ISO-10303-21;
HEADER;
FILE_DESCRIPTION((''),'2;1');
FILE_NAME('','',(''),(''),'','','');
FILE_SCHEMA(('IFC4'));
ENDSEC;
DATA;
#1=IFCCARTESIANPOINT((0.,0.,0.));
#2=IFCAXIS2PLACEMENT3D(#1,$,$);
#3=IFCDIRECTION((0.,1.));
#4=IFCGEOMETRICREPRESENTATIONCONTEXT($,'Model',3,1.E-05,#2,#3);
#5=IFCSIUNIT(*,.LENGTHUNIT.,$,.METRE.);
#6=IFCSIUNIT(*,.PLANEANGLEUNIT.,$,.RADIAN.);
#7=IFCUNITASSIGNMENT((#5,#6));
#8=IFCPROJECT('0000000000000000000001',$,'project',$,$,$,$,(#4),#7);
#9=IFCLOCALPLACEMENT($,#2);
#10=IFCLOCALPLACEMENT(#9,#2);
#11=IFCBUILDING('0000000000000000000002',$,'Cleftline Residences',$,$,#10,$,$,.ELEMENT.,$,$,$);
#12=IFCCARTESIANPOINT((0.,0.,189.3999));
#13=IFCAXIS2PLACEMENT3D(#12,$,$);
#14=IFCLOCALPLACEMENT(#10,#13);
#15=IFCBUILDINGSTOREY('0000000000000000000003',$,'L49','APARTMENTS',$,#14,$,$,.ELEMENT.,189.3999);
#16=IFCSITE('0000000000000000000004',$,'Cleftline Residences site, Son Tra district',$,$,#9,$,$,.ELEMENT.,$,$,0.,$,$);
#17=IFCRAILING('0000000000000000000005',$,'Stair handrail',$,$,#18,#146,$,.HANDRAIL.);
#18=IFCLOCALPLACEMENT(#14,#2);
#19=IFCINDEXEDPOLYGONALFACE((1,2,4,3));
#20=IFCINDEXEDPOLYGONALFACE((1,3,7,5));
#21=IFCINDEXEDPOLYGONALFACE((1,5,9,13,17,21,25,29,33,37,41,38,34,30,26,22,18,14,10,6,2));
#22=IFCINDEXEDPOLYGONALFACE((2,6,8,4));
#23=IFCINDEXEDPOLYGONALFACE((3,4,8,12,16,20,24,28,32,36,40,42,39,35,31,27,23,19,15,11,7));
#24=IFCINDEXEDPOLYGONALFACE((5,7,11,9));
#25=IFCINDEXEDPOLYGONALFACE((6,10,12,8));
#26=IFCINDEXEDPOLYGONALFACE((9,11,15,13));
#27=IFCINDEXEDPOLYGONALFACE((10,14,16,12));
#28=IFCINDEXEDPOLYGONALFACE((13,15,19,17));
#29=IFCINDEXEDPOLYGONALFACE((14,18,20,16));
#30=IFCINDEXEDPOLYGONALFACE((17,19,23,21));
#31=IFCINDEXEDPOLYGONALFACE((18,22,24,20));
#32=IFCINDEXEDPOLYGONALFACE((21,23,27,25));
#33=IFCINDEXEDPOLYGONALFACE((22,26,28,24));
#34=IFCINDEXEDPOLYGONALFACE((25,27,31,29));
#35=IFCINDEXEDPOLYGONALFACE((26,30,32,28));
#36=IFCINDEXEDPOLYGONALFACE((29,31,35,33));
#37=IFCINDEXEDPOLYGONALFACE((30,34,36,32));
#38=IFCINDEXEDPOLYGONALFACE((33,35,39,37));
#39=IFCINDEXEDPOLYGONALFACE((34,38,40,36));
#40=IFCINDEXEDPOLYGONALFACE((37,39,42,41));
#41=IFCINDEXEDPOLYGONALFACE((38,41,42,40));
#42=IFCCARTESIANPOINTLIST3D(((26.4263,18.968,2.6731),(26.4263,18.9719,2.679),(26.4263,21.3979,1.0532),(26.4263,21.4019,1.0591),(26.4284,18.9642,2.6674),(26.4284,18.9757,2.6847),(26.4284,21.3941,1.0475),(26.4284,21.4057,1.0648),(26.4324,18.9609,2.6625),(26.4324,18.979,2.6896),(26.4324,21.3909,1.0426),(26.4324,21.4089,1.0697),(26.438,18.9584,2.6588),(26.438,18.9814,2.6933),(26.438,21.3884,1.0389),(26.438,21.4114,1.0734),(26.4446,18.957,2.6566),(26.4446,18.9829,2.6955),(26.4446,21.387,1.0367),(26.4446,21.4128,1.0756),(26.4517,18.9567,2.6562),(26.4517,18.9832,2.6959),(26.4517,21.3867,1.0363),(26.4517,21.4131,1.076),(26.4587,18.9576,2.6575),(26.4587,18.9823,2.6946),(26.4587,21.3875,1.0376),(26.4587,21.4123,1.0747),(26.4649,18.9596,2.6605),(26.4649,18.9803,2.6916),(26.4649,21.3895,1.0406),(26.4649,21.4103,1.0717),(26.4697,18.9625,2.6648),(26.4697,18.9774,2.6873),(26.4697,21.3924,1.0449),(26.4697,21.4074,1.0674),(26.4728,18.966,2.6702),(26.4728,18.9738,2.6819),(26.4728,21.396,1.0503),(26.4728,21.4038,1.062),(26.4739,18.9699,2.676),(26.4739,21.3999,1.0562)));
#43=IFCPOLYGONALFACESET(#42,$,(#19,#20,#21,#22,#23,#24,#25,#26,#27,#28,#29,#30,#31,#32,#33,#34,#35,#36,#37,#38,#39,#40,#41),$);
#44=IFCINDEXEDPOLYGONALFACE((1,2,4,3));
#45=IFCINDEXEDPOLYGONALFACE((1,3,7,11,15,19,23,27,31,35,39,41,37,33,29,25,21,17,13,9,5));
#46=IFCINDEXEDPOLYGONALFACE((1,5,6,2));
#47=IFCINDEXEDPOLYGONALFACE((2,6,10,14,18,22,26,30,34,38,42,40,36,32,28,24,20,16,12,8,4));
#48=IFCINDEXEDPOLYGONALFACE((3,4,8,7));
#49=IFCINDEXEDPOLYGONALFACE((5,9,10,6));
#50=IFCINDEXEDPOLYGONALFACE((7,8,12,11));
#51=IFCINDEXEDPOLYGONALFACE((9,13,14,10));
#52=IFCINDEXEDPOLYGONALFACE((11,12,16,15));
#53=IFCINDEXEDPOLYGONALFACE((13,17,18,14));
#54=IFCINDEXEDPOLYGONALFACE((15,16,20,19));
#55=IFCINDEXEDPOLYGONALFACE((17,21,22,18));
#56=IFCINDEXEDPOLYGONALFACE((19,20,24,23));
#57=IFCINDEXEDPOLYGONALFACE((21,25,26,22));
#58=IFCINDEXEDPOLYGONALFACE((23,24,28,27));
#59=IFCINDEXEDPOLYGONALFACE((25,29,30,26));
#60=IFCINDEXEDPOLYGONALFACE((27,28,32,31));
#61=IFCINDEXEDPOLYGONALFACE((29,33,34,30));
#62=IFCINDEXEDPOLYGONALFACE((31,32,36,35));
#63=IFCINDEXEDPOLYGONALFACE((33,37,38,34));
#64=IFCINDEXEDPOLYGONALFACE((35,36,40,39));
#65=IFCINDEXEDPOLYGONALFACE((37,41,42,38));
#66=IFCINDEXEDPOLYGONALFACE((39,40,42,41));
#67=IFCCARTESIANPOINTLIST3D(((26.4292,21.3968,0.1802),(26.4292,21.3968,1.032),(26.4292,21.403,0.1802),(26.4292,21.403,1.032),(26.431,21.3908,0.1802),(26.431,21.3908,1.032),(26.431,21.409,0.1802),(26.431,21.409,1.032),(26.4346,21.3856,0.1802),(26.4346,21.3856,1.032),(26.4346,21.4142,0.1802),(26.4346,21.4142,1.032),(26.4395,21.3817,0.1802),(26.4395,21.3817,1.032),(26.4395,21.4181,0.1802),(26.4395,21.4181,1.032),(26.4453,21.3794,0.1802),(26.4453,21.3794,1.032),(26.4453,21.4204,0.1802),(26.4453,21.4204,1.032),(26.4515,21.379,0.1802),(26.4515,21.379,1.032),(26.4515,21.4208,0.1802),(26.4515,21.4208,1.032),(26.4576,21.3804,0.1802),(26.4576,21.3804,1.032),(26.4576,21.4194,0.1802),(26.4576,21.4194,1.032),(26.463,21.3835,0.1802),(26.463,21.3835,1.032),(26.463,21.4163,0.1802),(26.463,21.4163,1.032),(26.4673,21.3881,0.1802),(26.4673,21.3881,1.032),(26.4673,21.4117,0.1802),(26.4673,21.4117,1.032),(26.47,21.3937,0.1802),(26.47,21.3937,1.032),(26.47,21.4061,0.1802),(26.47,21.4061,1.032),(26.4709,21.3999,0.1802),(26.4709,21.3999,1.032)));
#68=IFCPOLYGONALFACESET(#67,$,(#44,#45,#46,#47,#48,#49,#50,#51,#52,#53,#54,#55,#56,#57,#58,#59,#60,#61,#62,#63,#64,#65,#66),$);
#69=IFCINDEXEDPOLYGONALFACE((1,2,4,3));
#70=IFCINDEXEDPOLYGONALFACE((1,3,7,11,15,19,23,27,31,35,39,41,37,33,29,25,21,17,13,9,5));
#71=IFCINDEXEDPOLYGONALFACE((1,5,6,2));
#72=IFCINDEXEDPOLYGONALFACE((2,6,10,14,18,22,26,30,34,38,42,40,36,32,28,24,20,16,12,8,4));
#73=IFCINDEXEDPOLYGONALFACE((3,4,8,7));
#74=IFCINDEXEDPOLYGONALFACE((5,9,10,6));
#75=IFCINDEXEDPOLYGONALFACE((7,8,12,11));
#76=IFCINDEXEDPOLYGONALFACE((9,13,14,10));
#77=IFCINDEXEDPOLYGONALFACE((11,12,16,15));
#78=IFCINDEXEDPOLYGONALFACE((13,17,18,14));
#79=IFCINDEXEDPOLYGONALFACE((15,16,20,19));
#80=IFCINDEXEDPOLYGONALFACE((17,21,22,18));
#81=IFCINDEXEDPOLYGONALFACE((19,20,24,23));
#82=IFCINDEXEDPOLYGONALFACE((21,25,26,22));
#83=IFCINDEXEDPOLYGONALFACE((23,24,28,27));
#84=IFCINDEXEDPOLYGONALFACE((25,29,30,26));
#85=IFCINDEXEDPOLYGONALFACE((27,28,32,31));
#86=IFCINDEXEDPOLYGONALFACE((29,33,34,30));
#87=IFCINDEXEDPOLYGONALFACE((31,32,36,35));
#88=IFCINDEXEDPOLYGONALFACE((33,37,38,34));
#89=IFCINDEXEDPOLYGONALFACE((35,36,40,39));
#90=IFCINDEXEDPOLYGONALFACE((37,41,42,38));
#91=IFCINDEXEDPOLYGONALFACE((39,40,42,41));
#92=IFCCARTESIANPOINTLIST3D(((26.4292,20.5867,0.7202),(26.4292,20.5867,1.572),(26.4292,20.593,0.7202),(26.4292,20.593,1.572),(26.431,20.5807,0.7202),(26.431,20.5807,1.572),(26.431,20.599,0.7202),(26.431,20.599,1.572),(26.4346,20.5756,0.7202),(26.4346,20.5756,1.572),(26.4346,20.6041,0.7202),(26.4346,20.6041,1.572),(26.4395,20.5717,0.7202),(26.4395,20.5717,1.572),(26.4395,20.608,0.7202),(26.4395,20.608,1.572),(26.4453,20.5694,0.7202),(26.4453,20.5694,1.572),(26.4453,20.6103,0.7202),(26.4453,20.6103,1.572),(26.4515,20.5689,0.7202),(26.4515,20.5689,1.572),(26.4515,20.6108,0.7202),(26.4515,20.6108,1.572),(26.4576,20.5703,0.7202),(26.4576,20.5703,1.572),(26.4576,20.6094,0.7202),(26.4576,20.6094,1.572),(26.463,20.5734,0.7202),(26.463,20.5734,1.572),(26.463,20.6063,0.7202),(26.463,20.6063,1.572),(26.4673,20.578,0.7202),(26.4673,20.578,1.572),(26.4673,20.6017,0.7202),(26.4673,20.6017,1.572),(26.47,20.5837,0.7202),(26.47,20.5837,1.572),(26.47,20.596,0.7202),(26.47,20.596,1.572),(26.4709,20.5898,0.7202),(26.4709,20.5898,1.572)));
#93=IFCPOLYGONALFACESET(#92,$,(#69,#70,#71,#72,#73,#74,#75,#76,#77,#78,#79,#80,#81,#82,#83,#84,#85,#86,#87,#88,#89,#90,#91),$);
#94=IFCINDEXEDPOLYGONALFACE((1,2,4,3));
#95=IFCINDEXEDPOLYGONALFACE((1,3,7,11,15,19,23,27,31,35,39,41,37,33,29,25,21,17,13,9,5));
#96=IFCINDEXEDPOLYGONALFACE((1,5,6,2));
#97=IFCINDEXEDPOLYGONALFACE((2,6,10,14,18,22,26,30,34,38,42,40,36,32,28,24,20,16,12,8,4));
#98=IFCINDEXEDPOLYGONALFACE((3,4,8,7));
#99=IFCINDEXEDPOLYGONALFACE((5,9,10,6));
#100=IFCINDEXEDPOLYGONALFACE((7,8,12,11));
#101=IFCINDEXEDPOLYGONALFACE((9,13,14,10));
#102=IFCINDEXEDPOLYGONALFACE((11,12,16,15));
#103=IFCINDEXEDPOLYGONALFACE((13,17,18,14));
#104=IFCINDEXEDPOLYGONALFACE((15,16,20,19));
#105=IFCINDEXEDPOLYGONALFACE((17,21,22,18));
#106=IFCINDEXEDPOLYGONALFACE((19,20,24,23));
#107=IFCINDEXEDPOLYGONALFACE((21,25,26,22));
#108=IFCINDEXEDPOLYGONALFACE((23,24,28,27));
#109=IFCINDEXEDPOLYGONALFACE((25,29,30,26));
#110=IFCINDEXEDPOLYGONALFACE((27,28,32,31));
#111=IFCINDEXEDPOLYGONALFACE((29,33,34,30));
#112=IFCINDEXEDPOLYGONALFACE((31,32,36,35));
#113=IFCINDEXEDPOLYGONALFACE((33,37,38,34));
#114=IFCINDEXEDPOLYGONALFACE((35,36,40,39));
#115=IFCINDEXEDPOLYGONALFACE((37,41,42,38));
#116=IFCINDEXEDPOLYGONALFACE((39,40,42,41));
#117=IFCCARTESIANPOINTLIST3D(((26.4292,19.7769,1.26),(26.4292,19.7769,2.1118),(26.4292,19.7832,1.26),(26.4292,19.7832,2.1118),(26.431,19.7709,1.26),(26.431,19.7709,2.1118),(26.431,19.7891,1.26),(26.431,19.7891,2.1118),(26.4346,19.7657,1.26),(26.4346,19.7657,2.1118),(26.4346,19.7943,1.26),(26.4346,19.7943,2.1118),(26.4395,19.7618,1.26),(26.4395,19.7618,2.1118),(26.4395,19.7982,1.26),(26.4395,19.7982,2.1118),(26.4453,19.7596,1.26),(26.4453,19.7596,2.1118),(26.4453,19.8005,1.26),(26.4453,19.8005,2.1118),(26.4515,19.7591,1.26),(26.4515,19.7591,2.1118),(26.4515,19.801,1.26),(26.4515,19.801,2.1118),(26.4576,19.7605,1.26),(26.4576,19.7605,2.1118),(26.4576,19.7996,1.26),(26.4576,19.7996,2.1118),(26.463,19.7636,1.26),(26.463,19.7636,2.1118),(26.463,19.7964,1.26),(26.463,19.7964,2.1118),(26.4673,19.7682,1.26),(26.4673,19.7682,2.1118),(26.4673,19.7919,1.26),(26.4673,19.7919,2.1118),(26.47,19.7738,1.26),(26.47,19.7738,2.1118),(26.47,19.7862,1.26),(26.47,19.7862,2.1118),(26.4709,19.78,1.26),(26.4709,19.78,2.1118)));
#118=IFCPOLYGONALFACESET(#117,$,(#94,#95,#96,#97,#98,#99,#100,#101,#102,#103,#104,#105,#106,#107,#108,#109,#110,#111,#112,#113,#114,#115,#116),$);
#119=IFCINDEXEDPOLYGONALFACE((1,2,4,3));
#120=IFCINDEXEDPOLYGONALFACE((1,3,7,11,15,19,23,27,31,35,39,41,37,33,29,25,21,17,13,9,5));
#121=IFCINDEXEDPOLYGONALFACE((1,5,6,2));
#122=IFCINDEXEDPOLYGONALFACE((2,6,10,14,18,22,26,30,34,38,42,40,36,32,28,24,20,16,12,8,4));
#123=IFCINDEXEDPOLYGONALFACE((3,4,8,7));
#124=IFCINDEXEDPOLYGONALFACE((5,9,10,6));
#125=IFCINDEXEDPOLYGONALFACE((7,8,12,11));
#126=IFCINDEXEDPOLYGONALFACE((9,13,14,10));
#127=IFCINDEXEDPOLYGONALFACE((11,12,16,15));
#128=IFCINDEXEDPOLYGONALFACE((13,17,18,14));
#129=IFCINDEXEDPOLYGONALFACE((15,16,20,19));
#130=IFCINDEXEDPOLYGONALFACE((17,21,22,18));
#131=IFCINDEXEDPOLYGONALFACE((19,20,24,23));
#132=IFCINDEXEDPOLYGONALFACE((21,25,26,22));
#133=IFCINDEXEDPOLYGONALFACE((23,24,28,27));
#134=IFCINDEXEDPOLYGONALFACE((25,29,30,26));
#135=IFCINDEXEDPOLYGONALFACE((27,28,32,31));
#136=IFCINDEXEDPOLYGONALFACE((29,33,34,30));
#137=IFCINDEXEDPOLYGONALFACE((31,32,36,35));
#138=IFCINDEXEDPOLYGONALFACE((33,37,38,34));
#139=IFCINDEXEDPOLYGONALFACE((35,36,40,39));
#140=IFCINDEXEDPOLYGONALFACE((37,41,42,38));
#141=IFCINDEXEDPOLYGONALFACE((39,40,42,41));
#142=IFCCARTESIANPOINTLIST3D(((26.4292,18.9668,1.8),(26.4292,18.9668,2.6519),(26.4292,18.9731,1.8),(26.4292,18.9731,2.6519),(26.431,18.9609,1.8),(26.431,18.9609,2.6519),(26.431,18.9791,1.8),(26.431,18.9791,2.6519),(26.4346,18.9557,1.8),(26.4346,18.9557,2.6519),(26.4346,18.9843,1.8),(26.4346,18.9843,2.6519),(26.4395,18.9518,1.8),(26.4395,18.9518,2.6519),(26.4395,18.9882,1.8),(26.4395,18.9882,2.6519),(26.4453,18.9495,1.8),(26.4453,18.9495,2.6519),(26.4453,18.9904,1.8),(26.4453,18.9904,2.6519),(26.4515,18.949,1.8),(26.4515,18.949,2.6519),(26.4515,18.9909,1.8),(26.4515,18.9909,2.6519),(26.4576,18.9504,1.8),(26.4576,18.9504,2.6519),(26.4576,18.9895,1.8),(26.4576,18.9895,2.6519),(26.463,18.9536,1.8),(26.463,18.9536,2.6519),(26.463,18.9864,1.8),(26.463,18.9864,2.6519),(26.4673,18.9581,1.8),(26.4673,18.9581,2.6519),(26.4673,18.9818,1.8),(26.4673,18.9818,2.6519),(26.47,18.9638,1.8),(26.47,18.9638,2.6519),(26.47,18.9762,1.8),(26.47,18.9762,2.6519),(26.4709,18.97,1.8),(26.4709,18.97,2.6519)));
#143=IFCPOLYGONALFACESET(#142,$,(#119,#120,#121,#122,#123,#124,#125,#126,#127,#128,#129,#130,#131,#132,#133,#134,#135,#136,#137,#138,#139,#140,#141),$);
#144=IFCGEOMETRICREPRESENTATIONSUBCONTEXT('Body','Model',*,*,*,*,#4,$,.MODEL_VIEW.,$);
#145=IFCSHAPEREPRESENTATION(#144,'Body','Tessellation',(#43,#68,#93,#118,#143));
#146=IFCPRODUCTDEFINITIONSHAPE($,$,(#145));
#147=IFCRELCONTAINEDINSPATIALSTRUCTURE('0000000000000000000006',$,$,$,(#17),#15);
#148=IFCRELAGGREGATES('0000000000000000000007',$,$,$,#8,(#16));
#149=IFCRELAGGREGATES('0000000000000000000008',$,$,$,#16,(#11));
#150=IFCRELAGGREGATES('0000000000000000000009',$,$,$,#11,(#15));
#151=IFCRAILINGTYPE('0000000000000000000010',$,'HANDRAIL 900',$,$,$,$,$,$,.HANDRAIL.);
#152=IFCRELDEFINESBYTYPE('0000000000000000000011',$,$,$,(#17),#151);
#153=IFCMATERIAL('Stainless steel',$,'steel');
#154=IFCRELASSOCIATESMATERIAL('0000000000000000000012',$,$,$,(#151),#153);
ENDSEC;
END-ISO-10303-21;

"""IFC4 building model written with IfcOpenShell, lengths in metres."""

from ifc_helpers import new_model, si_unit, direction, frame, origin, origin_2d, place, context, subcontext, project, spatial, circle, extrude, material, type_object, element, save


model = new_model("IFC4")

# Units and contexts
model_context = context("Model", 3, precision=1e-05, world=origin(), true_north=direction((0.0, 1.0)))
body_context = subcontext(model_context, "Body", "Model", "MODEL_VIEW")
ifc_project = project(units=[si_unit("LENGTHUNIT", "METRE"), si_unit("PLANEANGLEUNIT", "RADIAN")], contexts=[model_context])

# Site, building, storey
site_placement = place(None, origin())
site = spatial("IfcSite", under=ifc_project, at=site_placement, Name="Cleftline Residences site, Son Tra district", CompositionType="ELEMENT", RefElevation=0.0)
building_placement = place(site_placement, origin())
building = spatial("IfcBuilding", under=site, at=building_placement, Name="Cleftline Residences", CompositionType="ELEMENT")
storey_placement = place(building_placement, frame((0.0, 0.0, 189.3999)))
storey = spatial("IfcBuildingStorey", under=building, at=storey_placement, Name="L49", Description="APARTMENTS", CompositionType="ELEMENT", Elevation=189.3999)

# Railing
ifc_material_1 = material(Name="Stainless steel", Category="steel")
railing_type = type_object("IfcRailingType", Name="HANDRAIL 900", PredefinedType="HANDRAIL", material=ifc_material_1)
railing_1_placement = place(storey_placement, frame((26.45, 21.3999, 0.1802)))
element("IfcRailing", 1, at=railing_1_placement, inside=storey, type_object=railing_type, Name="Stair handrail", PredefinedType="HANDRAIL", context=body_context, shape_type="SweptSolid", body=[
    extrude(circle(Radius=0.0239, at=origin_2d()), frame((0.0, 0.0, 0.876), z_axis=(0.0, -0.832063, 0.554681), x_axis=(1.0, 0.0, 0.0)), (0.0, 0.0, 1.0), 2.9204),
    extrude(circle(Radius=0.021, at=origin_2d()), origin(), (0.0, 0.0, 1.0), 0.8518),
    extrude(circle(Radius=0.021, at=origin_2d()), frame((0.0, -0.8101, 0.54)), (0.0, 0.0, 1.0), 0.8518),
    extrude(circle(Radius=0.021, at=origin_2d()), frame((0.0, -1.6199, 1.0798)), (0.0, 0.0, 1.0), 0.8518),
    extrude(circle(Radius=0.021, at=origin_2d()), frame((0.0, -2.4299, 1.6199)), (0.0, 0.0, 1.0), 0.8518),
])

save(model, "model.ifc")
